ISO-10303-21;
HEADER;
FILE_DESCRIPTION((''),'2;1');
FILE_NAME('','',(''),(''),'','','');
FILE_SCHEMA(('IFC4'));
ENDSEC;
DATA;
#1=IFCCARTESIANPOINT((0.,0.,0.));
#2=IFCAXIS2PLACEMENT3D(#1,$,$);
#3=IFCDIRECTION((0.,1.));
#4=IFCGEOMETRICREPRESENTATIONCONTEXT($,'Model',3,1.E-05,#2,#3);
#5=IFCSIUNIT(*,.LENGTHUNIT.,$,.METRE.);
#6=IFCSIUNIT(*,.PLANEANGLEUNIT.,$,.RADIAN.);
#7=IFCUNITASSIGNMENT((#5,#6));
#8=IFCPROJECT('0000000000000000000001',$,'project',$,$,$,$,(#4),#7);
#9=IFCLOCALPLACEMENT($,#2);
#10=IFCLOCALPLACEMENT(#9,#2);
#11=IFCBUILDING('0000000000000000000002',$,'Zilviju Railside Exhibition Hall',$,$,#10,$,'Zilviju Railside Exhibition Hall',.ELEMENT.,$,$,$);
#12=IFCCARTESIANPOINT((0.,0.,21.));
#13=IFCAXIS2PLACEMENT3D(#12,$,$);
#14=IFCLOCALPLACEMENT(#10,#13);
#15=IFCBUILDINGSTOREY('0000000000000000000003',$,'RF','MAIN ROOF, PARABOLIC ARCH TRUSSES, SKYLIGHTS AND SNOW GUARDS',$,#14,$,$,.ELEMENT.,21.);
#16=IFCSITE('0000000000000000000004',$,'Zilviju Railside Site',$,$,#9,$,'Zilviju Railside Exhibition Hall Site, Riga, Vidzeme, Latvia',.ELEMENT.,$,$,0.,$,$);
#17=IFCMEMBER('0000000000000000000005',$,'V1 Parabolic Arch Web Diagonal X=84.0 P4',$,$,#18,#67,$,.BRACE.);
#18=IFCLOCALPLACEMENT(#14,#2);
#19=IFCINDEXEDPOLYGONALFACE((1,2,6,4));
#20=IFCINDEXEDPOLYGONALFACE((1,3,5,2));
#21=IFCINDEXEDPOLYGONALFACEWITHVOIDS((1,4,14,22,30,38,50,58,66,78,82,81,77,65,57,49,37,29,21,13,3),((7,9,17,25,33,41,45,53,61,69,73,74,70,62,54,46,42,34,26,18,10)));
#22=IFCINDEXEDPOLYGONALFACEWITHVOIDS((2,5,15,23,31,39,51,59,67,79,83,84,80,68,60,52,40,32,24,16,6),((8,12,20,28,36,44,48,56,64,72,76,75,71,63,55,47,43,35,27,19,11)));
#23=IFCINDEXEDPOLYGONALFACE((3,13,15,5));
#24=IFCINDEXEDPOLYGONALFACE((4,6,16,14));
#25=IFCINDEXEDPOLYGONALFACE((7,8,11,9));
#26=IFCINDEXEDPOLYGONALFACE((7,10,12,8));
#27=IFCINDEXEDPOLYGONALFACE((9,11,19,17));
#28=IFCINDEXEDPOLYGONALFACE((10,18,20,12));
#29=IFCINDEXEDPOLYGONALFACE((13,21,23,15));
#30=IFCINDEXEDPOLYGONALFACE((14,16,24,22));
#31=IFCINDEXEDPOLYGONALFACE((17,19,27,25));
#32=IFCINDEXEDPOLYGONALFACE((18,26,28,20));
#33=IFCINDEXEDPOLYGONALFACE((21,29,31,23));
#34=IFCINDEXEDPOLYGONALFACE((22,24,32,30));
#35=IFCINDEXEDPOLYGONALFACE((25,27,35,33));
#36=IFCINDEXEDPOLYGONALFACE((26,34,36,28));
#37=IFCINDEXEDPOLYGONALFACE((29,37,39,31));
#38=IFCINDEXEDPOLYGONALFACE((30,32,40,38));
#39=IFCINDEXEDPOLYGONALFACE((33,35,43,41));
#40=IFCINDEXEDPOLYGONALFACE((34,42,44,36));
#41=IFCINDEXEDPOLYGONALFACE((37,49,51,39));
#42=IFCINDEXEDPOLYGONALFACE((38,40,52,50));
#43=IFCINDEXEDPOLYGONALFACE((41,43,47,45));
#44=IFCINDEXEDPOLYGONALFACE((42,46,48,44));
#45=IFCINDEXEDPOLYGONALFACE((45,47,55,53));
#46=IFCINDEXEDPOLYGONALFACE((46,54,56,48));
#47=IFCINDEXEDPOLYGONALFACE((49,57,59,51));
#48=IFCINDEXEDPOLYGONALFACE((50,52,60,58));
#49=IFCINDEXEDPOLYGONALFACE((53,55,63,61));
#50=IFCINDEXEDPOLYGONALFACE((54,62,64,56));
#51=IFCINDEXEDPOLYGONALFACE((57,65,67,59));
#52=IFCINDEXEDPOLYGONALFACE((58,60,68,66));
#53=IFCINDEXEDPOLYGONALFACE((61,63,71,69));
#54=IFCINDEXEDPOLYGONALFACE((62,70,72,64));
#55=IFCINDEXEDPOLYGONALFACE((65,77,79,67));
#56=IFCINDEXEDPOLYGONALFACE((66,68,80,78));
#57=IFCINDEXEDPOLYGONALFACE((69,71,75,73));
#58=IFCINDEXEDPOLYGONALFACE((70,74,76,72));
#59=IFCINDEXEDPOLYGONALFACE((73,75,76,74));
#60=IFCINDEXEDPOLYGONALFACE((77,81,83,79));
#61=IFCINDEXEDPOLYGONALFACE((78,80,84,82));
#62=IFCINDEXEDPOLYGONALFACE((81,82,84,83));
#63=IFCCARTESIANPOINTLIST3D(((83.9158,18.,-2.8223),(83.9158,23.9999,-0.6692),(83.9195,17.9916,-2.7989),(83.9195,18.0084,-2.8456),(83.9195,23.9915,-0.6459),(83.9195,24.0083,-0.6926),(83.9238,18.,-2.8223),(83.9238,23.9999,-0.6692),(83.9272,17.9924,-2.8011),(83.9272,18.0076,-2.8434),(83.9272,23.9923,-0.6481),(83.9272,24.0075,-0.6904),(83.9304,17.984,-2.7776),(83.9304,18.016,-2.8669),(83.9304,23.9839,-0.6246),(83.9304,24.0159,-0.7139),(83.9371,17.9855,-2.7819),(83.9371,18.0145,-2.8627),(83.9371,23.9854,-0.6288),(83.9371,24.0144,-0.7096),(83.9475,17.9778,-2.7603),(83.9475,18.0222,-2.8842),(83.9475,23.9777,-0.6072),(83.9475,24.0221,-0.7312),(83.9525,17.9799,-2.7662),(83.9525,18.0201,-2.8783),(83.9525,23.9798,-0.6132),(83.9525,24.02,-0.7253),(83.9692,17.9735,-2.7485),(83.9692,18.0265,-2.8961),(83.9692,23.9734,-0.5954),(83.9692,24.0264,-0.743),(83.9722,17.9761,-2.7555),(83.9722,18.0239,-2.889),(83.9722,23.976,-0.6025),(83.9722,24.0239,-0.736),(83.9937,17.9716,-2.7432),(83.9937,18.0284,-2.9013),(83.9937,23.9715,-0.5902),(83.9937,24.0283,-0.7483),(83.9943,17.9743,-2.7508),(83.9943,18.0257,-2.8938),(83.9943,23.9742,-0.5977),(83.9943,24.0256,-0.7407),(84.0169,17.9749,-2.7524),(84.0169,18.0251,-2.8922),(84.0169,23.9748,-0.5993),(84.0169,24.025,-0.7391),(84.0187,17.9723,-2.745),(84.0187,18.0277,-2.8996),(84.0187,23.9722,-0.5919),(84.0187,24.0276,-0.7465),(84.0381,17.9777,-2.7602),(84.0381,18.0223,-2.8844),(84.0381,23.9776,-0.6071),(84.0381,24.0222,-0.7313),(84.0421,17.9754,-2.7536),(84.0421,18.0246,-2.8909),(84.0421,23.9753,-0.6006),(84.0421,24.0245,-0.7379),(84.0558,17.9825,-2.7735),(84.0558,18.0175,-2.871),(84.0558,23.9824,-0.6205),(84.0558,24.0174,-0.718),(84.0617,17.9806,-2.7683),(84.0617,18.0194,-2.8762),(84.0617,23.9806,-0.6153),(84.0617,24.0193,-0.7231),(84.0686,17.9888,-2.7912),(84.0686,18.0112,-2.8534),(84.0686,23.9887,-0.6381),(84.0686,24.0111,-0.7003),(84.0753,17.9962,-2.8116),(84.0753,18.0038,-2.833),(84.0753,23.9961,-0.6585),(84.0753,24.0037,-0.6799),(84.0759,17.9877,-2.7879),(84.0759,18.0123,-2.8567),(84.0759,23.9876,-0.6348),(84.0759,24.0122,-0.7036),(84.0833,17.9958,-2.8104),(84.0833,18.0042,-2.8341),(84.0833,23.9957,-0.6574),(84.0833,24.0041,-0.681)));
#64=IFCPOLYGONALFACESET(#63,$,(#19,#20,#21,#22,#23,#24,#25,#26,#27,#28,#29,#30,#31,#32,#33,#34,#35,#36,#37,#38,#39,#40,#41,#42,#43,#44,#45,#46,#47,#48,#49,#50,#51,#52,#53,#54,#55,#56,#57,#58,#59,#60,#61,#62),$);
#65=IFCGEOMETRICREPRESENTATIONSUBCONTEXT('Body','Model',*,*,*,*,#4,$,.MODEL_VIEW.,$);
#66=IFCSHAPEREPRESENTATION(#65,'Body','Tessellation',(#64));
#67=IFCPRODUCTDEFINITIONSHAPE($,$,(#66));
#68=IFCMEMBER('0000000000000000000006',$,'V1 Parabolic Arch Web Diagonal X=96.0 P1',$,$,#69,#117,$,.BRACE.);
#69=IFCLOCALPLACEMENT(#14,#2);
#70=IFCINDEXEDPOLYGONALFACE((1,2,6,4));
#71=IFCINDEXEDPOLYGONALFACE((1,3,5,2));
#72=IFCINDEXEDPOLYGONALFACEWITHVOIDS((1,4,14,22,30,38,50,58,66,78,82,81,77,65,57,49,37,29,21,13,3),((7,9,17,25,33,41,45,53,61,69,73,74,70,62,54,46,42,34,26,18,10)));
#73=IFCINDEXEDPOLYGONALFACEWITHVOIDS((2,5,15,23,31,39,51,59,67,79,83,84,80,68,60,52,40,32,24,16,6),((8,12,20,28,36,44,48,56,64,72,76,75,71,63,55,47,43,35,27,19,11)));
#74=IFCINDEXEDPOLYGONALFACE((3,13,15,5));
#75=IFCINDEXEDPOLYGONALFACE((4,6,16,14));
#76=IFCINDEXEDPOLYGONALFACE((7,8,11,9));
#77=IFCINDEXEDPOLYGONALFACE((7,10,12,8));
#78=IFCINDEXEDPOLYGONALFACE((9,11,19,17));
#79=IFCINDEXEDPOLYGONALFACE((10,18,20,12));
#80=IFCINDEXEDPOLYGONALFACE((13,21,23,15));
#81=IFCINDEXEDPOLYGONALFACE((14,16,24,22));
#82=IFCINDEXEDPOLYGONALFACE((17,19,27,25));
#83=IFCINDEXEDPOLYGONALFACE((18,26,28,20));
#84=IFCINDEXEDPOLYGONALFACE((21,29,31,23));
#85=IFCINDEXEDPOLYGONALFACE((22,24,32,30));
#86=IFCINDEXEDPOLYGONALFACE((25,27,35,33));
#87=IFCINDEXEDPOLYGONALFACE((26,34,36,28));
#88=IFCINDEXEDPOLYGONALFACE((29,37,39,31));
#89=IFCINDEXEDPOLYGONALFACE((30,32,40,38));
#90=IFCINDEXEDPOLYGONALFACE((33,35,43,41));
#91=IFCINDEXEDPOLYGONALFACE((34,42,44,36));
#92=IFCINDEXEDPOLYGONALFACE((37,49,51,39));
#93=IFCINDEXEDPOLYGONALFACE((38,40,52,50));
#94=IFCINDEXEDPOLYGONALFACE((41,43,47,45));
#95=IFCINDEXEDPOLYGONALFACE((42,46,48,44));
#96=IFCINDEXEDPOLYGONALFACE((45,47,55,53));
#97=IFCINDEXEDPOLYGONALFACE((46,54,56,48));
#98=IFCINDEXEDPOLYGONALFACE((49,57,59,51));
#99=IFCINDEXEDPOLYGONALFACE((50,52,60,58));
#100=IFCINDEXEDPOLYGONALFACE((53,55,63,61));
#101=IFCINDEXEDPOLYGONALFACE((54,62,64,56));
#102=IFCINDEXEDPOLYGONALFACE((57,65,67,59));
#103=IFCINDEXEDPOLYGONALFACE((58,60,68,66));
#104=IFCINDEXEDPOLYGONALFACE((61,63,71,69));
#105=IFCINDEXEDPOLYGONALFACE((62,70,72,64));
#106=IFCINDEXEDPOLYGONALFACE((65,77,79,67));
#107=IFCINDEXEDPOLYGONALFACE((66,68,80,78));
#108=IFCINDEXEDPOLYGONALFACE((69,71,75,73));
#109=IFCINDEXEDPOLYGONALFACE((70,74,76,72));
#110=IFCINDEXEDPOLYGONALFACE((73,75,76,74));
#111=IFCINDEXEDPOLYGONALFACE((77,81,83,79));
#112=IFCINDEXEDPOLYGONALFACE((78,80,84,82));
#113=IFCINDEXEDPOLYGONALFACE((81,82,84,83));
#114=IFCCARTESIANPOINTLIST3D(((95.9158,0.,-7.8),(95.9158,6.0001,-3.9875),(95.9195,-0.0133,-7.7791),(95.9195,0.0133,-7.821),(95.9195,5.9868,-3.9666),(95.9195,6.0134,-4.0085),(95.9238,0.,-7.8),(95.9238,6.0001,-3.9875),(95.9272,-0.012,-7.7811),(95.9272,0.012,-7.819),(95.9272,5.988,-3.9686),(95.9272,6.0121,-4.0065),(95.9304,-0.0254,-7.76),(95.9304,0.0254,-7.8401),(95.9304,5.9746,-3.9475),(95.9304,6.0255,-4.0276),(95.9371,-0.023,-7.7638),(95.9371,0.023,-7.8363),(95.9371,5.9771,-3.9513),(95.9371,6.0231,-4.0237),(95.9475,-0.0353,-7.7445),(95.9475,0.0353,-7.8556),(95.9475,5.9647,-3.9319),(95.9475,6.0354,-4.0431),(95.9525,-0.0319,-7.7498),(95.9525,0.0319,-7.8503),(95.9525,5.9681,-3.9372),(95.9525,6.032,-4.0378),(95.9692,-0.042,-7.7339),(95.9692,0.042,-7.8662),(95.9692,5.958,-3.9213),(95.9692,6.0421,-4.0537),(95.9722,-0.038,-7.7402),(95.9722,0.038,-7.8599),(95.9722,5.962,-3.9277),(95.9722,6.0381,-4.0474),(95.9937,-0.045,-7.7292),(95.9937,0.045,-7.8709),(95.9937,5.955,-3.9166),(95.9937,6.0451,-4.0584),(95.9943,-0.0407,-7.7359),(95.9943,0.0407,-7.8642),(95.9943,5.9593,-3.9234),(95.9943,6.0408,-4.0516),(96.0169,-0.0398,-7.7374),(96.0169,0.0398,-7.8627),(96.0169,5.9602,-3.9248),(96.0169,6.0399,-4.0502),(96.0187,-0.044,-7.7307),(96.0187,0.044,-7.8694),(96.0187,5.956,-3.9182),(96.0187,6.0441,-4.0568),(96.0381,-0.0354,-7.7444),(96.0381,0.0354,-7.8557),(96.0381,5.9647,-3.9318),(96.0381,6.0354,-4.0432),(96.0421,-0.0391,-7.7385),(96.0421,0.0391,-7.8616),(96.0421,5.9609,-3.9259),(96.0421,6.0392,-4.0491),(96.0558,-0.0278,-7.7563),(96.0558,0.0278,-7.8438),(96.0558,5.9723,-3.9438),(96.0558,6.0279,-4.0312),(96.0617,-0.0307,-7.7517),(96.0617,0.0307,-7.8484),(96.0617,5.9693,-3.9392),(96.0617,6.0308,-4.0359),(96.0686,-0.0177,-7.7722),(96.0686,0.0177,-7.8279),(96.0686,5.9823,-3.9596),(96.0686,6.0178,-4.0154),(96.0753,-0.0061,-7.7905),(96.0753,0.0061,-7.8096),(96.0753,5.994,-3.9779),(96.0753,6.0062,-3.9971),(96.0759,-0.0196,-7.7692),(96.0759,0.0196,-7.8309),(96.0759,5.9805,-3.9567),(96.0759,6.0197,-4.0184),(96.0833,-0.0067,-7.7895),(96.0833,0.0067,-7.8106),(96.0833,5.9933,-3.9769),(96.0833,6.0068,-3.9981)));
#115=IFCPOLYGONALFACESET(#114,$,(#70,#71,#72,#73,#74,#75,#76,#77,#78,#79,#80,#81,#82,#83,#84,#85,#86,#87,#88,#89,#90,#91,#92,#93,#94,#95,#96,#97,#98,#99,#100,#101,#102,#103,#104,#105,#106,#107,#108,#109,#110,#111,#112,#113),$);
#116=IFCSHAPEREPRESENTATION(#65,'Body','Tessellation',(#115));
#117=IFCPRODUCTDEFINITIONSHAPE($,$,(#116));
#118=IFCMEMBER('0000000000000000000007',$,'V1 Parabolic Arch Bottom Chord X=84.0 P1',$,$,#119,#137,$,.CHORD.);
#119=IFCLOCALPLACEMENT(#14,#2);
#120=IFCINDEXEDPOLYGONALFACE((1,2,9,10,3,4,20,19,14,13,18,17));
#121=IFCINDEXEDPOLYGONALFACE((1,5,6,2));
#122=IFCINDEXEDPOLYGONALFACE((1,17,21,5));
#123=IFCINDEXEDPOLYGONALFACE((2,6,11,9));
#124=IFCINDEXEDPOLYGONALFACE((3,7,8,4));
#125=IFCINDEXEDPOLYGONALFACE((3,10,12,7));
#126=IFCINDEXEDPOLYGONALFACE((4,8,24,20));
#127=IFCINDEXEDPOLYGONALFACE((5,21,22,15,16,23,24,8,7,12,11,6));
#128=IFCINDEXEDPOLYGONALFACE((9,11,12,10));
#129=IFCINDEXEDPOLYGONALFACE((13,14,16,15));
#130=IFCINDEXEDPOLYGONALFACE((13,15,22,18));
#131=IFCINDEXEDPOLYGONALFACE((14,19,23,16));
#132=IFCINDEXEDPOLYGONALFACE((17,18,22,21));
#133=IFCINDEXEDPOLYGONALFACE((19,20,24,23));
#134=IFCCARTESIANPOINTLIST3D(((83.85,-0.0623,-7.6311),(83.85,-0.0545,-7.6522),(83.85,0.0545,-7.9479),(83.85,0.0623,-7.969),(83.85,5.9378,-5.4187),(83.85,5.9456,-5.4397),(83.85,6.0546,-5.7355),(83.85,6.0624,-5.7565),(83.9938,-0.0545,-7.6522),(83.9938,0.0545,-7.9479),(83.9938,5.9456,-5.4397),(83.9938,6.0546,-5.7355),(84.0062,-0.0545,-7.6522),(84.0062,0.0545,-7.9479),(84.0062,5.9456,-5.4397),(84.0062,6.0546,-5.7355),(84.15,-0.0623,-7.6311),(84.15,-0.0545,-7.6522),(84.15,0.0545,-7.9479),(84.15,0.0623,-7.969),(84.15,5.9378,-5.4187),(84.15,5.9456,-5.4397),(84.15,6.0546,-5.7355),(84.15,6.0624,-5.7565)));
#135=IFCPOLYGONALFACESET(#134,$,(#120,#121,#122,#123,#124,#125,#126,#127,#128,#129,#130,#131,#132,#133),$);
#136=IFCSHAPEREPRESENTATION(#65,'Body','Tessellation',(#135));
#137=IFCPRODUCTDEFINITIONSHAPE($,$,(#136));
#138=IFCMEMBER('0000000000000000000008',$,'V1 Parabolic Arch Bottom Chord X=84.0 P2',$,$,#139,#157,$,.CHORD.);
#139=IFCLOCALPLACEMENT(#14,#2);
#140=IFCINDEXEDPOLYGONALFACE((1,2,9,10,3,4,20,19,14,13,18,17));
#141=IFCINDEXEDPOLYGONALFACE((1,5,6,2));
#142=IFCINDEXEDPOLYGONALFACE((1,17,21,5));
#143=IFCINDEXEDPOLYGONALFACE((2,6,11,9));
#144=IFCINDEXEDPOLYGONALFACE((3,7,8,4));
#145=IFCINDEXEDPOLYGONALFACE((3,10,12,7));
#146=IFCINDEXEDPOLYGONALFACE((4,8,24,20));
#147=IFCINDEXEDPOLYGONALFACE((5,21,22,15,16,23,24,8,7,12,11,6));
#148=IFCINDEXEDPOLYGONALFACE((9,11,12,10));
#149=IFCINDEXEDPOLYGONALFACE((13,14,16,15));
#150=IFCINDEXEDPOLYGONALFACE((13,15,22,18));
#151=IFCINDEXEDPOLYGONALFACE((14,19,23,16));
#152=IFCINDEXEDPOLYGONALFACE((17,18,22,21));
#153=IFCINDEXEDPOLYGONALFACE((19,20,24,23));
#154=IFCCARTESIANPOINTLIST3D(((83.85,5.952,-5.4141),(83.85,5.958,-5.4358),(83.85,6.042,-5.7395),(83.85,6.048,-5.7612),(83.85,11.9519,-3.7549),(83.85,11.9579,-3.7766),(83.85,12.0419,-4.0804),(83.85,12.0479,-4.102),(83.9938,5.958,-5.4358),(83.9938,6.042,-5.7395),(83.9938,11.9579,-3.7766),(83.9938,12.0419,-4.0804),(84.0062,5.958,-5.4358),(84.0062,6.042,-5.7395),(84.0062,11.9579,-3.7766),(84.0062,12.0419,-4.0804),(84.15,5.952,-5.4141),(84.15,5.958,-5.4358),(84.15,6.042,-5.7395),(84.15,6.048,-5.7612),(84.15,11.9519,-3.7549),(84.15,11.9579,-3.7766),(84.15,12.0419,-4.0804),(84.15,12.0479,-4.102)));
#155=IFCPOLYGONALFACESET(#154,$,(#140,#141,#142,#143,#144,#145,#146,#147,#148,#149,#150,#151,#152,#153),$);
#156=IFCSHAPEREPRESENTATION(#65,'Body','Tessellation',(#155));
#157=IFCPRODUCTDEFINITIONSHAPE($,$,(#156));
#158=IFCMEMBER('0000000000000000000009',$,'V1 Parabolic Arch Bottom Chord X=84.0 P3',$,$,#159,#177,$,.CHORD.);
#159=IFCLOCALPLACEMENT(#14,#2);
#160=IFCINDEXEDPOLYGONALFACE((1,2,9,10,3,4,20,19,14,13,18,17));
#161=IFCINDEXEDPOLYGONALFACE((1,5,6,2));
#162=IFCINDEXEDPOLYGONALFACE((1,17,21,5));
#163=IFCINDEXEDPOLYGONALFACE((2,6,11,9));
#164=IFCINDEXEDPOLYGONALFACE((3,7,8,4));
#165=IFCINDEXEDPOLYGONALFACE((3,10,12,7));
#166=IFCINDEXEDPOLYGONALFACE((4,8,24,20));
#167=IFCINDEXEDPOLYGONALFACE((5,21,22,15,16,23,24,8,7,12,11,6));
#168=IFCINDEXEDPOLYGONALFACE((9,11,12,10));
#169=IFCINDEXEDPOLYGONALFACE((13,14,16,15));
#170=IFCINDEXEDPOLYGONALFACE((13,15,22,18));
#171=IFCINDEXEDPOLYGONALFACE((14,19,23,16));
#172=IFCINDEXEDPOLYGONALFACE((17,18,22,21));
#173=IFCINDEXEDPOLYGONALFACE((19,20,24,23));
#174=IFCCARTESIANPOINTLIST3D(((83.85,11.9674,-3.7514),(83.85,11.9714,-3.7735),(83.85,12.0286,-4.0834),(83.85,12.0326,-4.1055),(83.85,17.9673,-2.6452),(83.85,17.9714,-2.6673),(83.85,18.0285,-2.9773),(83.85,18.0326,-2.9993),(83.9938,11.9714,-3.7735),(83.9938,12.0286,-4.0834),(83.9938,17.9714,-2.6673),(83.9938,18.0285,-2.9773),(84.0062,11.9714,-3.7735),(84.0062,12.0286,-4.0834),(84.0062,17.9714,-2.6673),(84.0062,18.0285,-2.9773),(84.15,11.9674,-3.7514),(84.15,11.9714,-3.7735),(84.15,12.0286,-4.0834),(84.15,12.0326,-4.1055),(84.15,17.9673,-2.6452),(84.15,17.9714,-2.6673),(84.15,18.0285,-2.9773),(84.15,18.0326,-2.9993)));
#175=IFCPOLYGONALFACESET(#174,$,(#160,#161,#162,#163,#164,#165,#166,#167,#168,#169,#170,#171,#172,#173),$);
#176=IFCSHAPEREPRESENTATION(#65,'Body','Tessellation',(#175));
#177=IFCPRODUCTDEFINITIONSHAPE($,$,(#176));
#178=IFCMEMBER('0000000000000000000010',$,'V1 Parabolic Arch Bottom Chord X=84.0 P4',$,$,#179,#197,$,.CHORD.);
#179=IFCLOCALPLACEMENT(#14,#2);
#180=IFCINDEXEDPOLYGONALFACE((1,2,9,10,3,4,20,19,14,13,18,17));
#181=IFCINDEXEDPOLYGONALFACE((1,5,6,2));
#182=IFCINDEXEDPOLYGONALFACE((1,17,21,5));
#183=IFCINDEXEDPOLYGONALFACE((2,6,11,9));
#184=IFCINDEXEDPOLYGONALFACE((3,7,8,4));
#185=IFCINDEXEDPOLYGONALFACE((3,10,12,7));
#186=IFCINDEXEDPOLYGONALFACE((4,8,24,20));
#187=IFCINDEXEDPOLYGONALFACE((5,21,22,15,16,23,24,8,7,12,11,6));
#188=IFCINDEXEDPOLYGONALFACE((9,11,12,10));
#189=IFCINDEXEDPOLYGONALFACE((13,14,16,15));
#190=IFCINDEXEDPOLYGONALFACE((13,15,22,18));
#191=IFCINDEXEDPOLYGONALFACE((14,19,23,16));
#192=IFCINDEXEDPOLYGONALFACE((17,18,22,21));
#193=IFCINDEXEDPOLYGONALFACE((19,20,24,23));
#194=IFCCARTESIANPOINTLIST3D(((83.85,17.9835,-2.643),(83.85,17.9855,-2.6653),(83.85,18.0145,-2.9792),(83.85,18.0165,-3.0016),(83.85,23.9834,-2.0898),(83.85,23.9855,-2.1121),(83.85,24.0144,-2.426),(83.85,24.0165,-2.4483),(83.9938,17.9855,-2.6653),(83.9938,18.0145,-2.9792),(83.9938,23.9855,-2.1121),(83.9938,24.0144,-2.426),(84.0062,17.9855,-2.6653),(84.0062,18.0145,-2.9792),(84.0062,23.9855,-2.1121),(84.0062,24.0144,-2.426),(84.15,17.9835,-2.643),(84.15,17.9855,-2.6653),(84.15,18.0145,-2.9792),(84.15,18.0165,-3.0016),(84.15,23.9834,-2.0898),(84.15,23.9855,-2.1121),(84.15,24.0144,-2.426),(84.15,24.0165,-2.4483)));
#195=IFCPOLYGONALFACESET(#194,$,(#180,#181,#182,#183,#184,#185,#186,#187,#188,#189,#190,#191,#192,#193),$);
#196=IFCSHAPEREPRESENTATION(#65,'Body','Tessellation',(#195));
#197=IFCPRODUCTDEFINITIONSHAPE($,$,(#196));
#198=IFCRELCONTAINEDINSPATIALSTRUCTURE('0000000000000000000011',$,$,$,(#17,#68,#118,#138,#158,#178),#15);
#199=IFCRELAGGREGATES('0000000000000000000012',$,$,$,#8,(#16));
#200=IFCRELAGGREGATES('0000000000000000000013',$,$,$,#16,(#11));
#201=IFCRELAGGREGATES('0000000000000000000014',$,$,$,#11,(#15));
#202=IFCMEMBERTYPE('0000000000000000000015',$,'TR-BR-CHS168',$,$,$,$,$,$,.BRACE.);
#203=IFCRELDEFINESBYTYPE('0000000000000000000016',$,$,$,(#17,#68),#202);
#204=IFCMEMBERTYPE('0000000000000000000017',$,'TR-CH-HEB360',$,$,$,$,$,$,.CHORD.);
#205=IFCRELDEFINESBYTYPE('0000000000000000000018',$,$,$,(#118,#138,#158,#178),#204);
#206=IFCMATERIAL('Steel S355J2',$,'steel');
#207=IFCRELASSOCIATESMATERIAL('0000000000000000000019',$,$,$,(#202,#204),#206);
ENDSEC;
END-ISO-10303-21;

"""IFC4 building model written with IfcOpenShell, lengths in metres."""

from ifc_helpers import new_model, si_unit, direction, frame, origin, origin_2d, place, context, subcontext, project, spatial, hollow_circle, i_section, extrude, material, material_profile, profile_set, type_object, element, save


model = new_model("IFC4")

# Units and contexts
model_context = context("Model", 3, precision=1e-05, world=origin(), true_north=direction((0.0, 1.0)))
body_context = subcontext(model_context, "Body", "Model", "MODEL_VIEW")
ifc_project = project(units=[si_unit("LENGTHUNIT", "METRE"), si_unit("PLANEANGLEUNIT", "RADIAN")], contexts=[model_context])

# Site, building, storey
site_placement = place(None, origin())
site = spatial("IfcSite", under=ifc_project, at=site_placement, Name="Zilviju Railside Site", LongName="Zilviju Railside Exhibition Hall Site, Riga, Vidzeme, Latvia", CompositionType="ELEMENT", RefElevation=0.0)
building_placement = place(site_placement, origin())
building = spatial("IfcBuilding", under=site, at=building_placement, Name="Zilviju Railside Exhibition Hall", LongName="Zilviju Railside Exhibition Hall", CompositionType="ELEMENT")
storey_placement = place(building_placement, frame((0.0, 0.0, 21.0)))
storey = spatial("IfcBuildingStorey", under=building, at=storey_placement, Name="RF", Description="MAIN ROOF, PARABOLIC ARCH TRUSSES, SKYLIGHTS AND SNOW GUARDS", CompositionType="ELEMENT", Elevation=21.0)

# Members
ifc_material_1 = material(Name="Steel S355J2", Category="steel")
ifc_material_profile_1 = material_profile(ifc_material_1, hollow_circle(Radius=0.0842, WallThickness=0.0081, at=origin_2d()), Name="CHS 168.3x8.0")
ifc_profile_set_1 = profile_set([ifc_material_profile_1], Name="Steel S355J2")
member_type_1 = type_object("IfcMemberType", Name="TR-BR-CHS168", PredefinedType="BRACE", material=ifc_profile_set_1)
member_1_placement = place(storey_placement, frame((84.0, 18.0, -2.8223), z_axis=(0.0, 0.941233, 0.337758), x_axis=(-1.0, 0.0, 0.0)))
element("IfcMember", 1, at=member_1_placement, inside=storey, type_object=member_type_1, Name="V1 Parabolic Arch Web Diagonal X=84.0 P4", PredefinedType="BRACE", context=body_context, shape_type="SweptSolid", body=[
    extrude(hollow_circle(Radius=0.0842, WallThickness=0.0081, at=origin_2d()), origin(), (0.0, 0.0, 1.0), 6.3745),
])
member_2_placement = place(storey_placement, frame((96.0, 0.0, -7.8), z_axis=(0.0, 0.844023, 0.536306), x_axis=(-1.0, 0.0, 0.0)))
element("IfcMember", 2, at=member_2_placement, inside=storey, type_object=member_type_1, Name="V1 Parabolic Arch Web Diagonal X=96.0 P1", PredefinedType="BRACE", context=body_context, shape_type="SweptSolid", body=[
    extrude(hollow_circle(Radius=0.0842, WallThickness=0.0081, at=origin_2d()), origin(), (0.0, 0.0, 1.0), 7.1089),
])
ifc_material_profile_2 = material_profile(ifc_material_1, i_section(OverallWidth=0.3, OverallDepth=0.3601, WebThickness=0.0125, FlangeThickness=0.0225, at=origin_2d()), Name="HEB 360")
ifc_profile_set_2 = profile_set([ifc_material_profile_2], Name="Steel S355J2")
member_type_2 = type_object("IfcMemberType", Name="TR-CH-HEB360", PredefinedType="CHORD", material=ifc_profile_set_2)
member_3_placement = place(storey_placement, frame((84.0, 0.0, -7.8), z_axis=(0.0, 0.938248, 0.345964), x_axis=(-1.0, 0.0, 0.0)))
element("IfcMember", 3, at=member_3_placement, inside=storey, type_object=member_type_2, Name="V1 Parabolic Arch Bottom Chord X=84.0 P1", PredefinedType="CHORD", context=body_context, shape_type="SweptSolid", body=[
    extrude(i_section(OverallWidth=0.3, OverallDepth=0.3601, WebThickness=0.0125, FlangeThickness=0.0225, at=origin_2d()), origin(), (0.0, 0.0, 1.0), 6.395),
])
member_4_placement = place(storey_placement, frame((84.0, 6.0, -5.5876), z_axis=(0.0, 0.963827, 0.266527), x_axis=(-1.0, 0.0, 0.0)))
element("IfcMember", 4, at=member_4_placement, inside=storey, type_object=member_type_2, Name="V1 Parabolic Arch Bottom Chord X=84.0 P2", PredefinedType="CHORD", context=body_context, shape_type="SweptSolid", body=[
    extrude(i_section(OverallWidth=0.3, OverallDepth=0.3601, WebThickness=0.0125, FlangeThickness=0.0225, at=origin_2d()), origin(), (0.0, 0.0, 1.0), 6.2251),
])
member_5_placement = place(storey_placement, frame((84.0, 12.0, -3.9285), z_axis=(0.0, 0.983426, 0.181311), x_axis=(-1.0, 0.0, 0.0)))
element("IfcMember", 5, at=member_5_placement, inside=storey, type_object=member_type_2, Name="V1 Parabolic Arch Bottom Chord X=84.0 P3", PredefinedType="CHORD", context=body_context, shape_type="SweptSolid", body=[
    extrude(i_section(OverallWidth=0.3, OverallDepth=0.3601, WebThickness=0.0125, FlangeThickness=0.0225, at=origin_2d()), origin(), (0.0, 0.0, 1.0), 6.1011),
])
member_6_placement = place(storey_placement, frame((84.0, 18.0, -2.8223), z_axis=(0.0, 0.995776, 0.091814), x_axis=(-1.0, 0.0, 0.0)))
element("IfcMember", 6, at=member_6_placement, inside=storey, type_object=member_type_2, Name="V1 Parabolic Arch Bottom Chord X=84.0 P4", PredefinedType="CHORD", context=body_context, shape_type="SweptSolid", body=[
    extrude(i_section(OverallWidth=0.3, OverallDepth=0.3601, WebThickness=0.0125, FlangeThickness=0.0225, at=origin_2d()), origin(), (0.0, 0.0, 1.0), 6.0254),
])

save(model, "model.ifc")
